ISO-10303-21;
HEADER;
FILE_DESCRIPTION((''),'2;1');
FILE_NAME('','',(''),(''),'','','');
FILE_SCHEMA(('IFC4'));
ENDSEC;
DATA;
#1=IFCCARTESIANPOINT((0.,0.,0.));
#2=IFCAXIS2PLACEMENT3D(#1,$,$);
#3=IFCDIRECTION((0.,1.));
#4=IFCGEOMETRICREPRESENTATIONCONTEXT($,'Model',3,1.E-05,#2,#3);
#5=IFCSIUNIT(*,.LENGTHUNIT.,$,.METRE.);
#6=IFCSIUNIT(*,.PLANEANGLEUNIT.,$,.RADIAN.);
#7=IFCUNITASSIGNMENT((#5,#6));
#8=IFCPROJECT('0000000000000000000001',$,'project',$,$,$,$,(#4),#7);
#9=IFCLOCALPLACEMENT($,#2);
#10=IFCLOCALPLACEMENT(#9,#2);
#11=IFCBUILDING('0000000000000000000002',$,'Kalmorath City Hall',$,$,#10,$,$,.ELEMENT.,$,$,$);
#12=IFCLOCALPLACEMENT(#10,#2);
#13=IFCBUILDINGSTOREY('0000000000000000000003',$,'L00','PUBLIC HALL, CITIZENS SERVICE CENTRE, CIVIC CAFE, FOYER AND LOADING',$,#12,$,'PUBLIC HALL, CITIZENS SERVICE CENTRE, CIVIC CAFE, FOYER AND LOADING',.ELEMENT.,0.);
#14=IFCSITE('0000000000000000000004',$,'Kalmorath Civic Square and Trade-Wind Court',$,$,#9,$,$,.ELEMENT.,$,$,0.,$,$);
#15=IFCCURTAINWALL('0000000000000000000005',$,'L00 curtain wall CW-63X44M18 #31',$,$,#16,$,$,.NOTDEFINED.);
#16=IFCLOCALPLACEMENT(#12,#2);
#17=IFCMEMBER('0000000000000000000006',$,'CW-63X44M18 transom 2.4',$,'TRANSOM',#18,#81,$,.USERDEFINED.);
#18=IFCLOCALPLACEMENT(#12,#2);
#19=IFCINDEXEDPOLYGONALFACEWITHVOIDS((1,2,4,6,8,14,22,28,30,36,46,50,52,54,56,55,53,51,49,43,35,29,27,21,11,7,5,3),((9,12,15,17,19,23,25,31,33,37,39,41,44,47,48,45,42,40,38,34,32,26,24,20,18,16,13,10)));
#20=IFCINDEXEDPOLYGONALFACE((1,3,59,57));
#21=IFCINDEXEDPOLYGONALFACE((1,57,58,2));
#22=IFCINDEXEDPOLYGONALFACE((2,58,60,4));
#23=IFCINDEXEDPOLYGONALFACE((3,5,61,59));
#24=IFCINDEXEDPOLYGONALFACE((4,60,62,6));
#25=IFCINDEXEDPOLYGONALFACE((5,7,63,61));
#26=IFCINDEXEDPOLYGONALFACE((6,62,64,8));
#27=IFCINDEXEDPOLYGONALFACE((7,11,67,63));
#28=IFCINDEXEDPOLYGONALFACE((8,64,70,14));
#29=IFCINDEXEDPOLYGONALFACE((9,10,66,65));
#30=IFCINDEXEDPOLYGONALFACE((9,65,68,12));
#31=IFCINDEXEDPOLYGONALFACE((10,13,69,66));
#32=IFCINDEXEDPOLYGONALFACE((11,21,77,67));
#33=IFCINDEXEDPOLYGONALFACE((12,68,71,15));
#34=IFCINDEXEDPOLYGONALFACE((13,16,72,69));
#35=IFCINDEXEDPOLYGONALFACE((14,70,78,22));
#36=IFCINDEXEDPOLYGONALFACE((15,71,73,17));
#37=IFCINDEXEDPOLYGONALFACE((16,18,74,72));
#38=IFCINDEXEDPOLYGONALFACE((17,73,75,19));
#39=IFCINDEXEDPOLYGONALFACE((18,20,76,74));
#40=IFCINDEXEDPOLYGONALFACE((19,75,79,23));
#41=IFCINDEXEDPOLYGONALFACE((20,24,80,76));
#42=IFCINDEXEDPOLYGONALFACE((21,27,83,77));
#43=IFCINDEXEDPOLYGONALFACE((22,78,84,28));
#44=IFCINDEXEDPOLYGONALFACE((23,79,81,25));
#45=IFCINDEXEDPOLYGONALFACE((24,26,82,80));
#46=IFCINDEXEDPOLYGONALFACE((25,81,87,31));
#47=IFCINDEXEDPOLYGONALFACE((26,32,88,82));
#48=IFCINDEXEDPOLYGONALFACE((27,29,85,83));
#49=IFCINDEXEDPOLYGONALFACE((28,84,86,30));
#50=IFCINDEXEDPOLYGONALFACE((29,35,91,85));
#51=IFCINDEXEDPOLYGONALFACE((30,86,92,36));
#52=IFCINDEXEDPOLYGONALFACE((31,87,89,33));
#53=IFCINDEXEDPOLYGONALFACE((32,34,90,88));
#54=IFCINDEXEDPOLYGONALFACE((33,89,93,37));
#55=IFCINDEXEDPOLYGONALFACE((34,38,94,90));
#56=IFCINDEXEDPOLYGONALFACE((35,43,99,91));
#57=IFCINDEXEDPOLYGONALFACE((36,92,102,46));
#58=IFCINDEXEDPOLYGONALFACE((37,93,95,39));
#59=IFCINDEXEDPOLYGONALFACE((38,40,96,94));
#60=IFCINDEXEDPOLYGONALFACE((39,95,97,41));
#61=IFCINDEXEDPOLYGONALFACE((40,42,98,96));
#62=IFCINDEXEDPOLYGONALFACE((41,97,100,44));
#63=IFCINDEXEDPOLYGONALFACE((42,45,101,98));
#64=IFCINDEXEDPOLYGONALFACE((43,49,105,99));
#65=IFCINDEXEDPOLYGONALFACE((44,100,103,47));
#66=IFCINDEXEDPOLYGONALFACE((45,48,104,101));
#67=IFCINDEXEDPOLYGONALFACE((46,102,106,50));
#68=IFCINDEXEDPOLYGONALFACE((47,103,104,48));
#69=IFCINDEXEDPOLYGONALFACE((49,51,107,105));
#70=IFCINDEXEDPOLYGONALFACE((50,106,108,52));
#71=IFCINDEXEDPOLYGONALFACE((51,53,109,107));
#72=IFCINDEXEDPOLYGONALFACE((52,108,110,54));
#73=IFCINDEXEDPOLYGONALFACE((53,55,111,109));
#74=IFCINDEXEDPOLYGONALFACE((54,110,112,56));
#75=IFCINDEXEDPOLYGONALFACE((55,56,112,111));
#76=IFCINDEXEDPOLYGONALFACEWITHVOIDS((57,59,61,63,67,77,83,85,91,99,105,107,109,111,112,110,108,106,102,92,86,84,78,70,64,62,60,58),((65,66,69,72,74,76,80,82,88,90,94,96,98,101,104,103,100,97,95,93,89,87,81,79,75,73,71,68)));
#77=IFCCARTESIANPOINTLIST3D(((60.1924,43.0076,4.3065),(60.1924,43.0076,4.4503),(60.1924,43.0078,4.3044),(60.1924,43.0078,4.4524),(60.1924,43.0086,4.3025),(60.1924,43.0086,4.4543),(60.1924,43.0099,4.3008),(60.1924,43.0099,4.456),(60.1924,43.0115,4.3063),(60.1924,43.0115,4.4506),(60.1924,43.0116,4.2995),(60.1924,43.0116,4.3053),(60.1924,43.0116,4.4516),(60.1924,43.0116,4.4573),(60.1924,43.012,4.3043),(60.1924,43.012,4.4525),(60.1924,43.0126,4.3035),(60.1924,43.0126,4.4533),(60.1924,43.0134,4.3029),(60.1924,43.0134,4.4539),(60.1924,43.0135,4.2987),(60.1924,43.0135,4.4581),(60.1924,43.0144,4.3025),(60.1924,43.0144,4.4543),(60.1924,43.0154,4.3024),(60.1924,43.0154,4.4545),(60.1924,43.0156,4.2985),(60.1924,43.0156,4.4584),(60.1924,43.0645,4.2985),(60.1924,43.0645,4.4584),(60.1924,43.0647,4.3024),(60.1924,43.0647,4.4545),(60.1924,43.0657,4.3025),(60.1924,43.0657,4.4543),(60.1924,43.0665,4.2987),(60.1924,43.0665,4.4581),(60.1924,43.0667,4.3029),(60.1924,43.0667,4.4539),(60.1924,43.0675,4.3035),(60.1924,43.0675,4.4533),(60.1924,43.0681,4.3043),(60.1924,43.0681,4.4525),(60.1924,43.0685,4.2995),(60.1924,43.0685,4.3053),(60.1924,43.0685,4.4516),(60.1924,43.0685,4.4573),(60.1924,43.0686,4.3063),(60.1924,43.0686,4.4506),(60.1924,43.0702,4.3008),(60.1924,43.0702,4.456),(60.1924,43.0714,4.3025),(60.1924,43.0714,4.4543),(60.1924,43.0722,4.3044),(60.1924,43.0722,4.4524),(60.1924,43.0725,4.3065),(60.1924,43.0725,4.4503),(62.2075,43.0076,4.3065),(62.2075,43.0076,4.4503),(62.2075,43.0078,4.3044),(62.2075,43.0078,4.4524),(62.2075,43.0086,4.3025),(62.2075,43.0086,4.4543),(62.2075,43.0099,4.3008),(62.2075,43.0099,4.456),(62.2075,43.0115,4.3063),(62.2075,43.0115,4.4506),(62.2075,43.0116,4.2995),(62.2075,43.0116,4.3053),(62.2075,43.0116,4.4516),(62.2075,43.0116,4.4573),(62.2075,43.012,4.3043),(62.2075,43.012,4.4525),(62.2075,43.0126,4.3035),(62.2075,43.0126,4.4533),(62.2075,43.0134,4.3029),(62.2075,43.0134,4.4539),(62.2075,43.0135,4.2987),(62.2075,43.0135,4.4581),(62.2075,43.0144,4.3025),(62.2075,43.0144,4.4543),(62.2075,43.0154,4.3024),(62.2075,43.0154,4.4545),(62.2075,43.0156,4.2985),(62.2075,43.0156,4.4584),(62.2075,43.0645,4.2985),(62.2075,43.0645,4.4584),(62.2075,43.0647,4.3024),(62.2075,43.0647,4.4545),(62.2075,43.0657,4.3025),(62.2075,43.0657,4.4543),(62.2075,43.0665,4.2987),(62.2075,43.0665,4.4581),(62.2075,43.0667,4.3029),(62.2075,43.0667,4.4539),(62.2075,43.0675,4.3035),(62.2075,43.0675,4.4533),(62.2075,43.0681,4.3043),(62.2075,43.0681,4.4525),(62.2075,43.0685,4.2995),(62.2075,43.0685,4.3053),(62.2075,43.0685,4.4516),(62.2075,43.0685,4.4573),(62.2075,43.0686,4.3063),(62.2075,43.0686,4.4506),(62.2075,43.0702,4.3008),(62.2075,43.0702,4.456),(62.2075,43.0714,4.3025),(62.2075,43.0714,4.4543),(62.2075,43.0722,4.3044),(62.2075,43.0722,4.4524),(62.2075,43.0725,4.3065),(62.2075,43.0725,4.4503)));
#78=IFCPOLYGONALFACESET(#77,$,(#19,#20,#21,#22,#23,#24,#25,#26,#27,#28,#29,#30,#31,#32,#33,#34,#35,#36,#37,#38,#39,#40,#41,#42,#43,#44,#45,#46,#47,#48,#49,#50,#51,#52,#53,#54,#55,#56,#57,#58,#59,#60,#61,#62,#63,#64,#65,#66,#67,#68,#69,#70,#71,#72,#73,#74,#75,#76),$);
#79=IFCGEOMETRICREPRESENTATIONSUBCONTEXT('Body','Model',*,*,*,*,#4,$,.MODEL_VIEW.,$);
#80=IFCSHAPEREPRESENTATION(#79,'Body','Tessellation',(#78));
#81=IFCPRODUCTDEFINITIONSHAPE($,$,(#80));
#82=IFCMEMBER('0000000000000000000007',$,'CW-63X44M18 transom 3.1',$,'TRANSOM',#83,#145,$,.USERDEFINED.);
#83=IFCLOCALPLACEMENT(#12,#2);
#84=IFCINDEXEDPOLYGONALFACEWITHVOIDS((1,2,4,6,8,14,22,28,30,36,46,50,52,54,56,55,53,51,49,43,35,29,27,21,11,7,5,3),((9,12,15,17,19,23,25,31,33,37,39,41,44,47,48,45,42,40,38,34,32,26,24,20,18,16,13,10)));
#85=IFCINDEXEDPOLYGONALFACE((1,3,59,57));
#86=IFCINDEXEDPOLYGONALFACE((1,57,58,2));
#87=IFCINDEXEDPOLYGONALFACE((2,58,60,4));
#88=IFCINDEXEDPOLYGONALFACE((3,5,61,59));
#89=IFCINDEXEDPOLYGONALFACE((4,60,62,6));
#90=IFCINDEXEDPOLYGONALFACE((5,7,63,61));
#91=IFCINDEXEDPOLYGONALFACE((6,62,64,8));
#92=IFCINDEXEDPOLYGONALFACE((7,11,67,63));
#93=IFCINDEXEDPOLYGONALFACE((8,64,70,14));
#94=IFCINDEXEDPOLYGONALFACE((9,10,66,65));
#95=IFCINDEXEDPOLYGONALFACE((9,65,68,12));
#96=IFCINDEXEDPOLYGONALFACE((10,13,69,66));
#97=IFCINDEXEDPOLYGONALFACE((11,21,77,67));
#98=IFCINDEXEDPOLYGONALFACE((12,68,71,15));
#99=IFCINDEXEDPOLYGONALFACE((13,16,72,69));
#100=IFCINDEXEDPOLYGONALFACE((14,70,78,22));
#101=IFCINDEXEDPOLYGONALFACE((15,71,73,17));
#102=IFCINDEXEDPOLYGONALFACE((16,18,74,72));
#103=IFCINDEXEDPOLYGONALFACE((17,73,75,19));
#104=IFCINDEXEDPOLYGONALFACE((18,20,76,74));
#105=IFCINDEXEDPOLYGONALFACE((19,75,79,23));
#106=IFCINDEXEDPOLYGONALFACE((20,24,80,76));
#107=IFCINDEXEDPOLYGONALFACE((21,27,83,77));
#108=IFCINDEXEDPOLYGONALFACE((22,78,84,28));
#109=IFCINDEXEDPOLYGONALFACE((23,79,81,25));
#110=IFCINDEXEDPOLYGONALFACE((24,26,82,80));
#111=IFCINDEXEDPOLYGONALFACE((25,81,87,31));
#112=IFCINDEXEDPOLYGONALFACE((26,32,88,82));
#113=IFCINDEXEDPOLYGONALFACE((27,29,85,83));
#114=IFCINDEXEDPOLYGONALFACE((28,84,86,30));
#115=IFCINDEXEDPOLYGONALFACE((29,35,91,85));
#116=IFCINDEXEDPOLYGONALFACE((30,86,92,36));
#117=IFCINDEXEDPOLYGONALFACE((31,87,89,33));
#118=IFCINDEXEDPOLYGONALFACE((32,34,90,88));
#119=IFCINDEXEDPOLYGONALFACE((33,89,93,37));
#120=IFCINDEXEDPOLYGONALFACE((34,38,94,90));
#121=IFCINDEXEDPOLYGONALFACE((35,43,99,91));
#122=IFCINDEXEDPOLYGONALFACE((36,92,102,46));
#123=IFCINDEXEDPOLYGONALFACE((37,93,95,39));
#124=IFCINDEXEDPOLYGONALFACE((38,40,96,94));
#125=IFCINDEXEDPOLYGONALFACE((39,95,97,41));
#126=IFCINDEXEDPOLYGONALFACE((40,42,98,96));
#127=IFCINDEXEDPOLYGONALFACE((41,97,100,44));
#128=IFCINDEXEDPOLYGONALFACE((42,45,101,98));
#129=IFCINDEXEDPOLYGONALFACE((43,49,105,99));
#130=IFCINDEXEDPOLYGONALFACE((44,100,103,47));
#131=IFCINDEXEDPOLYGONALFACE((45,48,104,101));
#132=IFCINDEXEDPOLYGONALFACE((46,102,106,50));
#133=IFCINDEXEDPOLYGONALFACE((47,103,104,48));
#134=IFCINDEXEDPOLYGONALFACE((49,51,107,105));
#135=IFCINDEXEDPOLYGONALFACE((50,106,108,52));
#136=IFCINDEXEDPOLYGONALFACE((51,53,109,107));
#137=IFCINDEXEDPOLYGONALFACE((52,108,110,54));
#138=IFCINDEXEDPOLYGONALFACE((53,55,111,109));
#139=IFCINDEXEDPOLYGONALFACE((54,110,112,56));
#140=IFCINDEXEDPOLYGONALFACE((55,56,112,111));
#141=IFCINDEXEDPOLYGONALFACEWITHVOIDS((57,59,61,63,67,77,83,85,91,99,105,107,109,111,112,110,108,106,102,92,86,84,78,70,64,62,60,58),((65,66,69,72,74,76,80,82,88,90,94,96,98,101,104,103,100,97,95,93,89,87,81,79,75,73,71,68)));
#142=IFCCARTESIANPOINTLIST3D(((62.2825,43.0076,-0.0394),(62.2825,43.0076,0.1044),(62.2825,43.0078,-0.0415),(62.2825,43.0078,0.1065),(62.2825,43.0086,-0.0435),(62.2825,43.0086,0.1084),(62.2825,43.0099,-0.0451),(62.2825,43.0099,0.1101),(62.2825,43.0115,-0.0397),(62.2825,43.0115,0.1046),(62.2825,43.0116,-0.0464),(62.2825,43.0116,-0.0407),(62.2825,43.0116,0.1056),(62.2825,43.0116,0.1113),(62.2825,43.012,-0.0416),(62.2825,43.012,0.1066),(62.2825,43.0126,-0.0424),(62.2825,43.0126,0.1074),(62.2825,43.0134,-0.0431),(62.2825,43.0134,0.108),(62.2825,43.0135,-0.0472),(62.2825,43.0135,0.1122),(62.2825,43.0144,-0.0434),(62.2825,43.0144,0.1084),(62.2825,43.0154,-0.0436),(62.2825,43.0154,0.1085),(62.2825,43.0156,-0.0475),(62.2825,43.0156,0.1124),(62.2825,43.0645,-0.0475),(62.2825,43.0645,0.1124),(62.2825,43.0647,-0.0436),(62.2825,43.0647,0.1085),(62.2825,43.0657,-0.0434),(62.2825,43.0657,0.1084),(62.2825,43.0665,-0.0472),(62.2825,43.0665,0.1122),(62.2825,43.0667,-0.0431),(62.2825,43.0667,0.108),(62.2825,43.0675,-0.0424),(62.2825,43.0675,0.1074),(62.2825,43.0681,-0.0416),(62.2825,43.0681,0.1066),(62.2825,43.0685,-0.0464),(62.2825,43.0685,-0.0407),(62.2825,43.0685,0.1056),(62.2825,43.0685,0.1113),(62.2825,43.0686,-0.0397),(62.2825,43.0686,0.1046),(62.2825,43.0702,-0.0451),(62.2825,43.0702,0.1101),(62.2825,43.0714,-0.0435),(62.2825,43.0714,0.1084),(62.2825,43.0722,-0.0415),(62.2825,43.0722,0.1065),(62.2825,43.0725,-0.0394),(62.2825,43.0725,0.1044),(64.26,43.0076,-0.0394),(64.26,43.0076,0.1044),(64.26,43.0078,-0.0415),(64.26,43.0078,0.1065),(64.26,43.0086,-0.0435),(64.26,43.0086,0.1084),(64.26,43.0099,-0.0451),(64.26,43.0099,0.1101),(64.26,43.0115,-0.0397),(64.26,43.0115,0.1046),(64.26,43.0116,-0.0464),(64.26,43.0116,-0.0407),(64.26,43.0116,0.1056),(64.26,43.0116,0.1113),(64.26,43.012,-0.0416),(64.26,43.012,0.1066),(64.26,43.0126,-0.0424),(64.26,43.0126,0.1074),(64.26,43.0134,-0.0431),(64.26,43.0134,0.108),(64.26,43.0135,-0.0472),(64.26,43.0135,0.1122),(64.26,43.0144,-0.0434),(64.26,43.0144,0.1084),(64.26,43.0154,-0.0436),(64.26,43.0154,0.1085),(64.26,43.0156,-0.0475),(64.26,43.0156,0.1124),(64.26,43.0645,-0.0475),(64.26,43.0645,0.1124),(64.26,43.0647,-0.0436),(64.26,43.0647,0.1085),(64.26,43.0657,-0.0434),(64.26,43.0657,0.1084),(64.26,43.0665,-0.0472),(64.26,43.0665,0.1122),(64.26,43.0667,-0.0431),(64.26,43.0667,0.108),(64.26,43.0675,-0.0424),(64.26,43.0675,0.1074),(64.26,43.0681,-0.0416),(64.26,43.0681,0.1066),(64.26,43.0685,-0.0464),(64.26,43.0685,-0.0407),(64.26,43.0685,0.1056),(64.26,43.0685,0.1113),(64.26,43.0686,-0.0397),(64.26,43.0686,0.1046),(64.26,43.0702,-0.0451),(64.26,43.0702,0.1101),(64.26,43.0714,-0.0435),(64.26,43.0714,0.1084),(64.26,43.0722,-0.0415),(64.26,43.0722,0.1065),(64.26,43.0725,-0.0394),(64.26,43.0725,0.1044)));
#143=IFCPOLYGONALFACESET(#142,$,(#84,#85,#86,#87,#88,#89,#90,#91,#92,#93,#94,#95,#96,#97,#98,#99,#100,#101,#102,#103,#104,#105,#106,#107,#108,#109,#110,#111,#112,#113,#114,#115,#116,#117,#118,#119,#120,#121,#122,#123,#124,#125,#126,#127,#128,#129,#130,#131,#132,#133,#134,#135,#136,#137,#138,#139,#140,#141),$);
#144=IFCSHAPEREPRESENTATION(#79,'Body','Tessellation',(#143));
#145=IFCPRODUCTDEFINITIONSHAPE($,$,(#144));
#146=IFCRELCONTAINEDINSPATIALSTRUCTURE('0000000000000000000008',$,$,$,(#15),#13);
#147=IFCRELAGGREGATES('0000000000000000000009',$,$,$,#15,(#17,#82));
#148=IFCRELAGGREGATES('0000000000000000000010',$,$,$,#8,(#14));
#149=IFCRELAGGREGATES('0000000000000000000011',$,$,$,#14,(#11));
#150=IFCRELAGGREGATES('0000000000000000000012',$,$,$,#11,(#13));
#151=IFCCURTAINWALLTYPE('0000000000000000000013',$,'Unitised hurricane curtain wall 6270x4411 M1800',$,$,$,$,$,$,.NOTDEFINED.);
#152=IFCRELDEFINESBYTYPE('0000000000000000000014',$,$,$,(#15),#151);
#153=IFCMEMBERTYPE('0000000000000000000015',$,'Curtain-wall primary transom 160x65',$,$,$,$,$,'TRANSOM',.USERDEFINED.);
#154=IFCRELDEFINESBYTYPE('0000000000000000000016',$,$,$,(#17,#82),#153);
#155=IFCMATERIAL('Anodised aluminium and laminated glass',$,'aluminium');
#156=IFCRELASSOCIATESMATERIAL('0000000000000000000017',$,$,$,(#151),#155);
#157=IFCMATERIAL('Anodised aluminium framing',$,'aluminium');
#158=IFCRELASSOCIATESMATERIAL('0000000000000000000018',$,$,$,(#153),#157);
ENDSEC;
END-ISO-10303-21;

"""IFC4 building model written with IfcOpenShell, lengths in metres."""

from ifc_helpers import new_model, si_unit, direction, frame, origin, origin_2d, place, context, subcontext, project, spatial, hollow_rectangle, extrude, material, material_profile, profile_set, type_object, element, aggregate, save


model = new_model("IFC4")

# Units and contexts
model_context = context("Model", 3, precision=1e-05, world=origin(), true_north=direction((0.0, 1.0)))
body_context = subcontext(model_context, "Body", "Model", "MODEL_VIEW")
ifc_project = project(units=[si_unit("LENGTHUNIT", "METRE"), si_unit("PLANEANGLEUNIT", "RADIAN")], contexts=[model_context])

# Site, building, storey
site_placement = place(None, origin())
site = spatial("IfcSite", under=ifc_project, at=site_placement, Name="Kalmorath Civic Square and Trade-Wind Court", CompositionType="ELEMENT", RefElevation=0.0)
building_placement = place(site_placement, origin())
building = spatial("IfcBuilding", under=site, at=building_placement, Name="Kalmorath City Hall", CompositionType="ELEMENT")
storey_placement = place(building_placement, origin())
storey = spatial("IfcBuildingStorey", under=building, at=storey_placement, Name="L00", Description="PUBLIC HALL, CITIZENS SERVICE CENTRE, CIVIC CAFE, FOYER AND LOADING", LongName="PUBLIC HALL, CITIZENS SERVICE CENTRE, CIVIC CAFE, FOYER AND LOADING", CompositionType="ELEMENT", Elevation=0.0)

# Curtain wall, members
ifc_material_1 = material(Name="Anodised aluminium and laminated glass", Category="aluminium")
curtain_wall_type_1 = type_object("IfcCurtainWallType", Name="Unitised hurricane curtain wall 6270x4411 M1800", PredefinedType="NOTDEFINED", material=ifc_material_1)
curtain_wall_1_placement = place(storey_placement, origin())
curtain_wall_1 = element("IfcCurtainWall", 1, at=curtain_wall_1_placement, inside=storey, type_object=curtain_wall_type_1, Name="L00 curtain wall CW-63X44M18 #31", PredefinedType="NOTDEFINED")
ifc_material_2 = material(Name="Anodised aluminium framing", Category="aluminium")
ifc_material_profile_1 = material_profile(ifc_material_2, hollow_rectangle(XDim=0.0649, YDim=0.1599, WallThickness=0.0039, InnerFilletRadius=0.0039, OuterFilletRadius=0.0081, at=origin_2d()), Name="ALU-TRN-160X65X4")
ifc_profile_set_1 = profile_set([ifc_material_profile_1], Name="Anodised aluminium framing")
member_type_1 = type_object("IfcMemberType", Name="Curtain-wall primary transom 160x65", ElementType="TRANSOM", PredefinedType="USERDEFINED", material=ifc_profile_set_1)
member_1_placement = place(storey_placement, frame((60.1924, 43.04, 4.3784), z_axis=(1.0, 0.0, 0.0), x_axis=(0.0, 1.0, 0.0)))
member_1 = element("IfcMember", 2, at=member_1_placement, type_object=member_type_1, Name="CW-63X44M18 transom 2.4", ObjectType="TRANSOM", PredefinedType="USERDEFINED", context=body_context, shape_type="SweptSolid", body=[
    extrude(hollow_rectangle(XDim=0.0649, YDim=0.1599, WallThickness=0.0039, InnerFilletRadius=0.0039, OuterFilletRadius=0.0081, at=origin_2d()), origin(), (0.0, 0.0, 1.0), 2.0151),
])
member_2_placement = place(storey_placement, frame((62.2825, 43.04, 0.0325), z_axis=(1.0, 0.0, 0.0), x_axis=(0.0, 1.0, 0.0)))
member_2 = element("IfcMember", 3, at=member_2_placement, type_object=member_type_1, Name="CW-63X44M18 transom 3.1", ObjectType="TRANSOM", PredefinedType="USERDEFINED", context=body_context, shape_type="SweptSolid", body=[
    extrude(hollow_rectangle(XDim=0.0649, YDim=0.1599, WallThickness=0.0039, InnerFilletRadius=0.0039, OuterFilletRadius=0.0081, at=origin_2d()), origin(), (0.0, 0.0, 1.0), 1.9775),
])

aggregate(curtain_wall_1, [member_1, member_2])

save(model, "model.ifc")
